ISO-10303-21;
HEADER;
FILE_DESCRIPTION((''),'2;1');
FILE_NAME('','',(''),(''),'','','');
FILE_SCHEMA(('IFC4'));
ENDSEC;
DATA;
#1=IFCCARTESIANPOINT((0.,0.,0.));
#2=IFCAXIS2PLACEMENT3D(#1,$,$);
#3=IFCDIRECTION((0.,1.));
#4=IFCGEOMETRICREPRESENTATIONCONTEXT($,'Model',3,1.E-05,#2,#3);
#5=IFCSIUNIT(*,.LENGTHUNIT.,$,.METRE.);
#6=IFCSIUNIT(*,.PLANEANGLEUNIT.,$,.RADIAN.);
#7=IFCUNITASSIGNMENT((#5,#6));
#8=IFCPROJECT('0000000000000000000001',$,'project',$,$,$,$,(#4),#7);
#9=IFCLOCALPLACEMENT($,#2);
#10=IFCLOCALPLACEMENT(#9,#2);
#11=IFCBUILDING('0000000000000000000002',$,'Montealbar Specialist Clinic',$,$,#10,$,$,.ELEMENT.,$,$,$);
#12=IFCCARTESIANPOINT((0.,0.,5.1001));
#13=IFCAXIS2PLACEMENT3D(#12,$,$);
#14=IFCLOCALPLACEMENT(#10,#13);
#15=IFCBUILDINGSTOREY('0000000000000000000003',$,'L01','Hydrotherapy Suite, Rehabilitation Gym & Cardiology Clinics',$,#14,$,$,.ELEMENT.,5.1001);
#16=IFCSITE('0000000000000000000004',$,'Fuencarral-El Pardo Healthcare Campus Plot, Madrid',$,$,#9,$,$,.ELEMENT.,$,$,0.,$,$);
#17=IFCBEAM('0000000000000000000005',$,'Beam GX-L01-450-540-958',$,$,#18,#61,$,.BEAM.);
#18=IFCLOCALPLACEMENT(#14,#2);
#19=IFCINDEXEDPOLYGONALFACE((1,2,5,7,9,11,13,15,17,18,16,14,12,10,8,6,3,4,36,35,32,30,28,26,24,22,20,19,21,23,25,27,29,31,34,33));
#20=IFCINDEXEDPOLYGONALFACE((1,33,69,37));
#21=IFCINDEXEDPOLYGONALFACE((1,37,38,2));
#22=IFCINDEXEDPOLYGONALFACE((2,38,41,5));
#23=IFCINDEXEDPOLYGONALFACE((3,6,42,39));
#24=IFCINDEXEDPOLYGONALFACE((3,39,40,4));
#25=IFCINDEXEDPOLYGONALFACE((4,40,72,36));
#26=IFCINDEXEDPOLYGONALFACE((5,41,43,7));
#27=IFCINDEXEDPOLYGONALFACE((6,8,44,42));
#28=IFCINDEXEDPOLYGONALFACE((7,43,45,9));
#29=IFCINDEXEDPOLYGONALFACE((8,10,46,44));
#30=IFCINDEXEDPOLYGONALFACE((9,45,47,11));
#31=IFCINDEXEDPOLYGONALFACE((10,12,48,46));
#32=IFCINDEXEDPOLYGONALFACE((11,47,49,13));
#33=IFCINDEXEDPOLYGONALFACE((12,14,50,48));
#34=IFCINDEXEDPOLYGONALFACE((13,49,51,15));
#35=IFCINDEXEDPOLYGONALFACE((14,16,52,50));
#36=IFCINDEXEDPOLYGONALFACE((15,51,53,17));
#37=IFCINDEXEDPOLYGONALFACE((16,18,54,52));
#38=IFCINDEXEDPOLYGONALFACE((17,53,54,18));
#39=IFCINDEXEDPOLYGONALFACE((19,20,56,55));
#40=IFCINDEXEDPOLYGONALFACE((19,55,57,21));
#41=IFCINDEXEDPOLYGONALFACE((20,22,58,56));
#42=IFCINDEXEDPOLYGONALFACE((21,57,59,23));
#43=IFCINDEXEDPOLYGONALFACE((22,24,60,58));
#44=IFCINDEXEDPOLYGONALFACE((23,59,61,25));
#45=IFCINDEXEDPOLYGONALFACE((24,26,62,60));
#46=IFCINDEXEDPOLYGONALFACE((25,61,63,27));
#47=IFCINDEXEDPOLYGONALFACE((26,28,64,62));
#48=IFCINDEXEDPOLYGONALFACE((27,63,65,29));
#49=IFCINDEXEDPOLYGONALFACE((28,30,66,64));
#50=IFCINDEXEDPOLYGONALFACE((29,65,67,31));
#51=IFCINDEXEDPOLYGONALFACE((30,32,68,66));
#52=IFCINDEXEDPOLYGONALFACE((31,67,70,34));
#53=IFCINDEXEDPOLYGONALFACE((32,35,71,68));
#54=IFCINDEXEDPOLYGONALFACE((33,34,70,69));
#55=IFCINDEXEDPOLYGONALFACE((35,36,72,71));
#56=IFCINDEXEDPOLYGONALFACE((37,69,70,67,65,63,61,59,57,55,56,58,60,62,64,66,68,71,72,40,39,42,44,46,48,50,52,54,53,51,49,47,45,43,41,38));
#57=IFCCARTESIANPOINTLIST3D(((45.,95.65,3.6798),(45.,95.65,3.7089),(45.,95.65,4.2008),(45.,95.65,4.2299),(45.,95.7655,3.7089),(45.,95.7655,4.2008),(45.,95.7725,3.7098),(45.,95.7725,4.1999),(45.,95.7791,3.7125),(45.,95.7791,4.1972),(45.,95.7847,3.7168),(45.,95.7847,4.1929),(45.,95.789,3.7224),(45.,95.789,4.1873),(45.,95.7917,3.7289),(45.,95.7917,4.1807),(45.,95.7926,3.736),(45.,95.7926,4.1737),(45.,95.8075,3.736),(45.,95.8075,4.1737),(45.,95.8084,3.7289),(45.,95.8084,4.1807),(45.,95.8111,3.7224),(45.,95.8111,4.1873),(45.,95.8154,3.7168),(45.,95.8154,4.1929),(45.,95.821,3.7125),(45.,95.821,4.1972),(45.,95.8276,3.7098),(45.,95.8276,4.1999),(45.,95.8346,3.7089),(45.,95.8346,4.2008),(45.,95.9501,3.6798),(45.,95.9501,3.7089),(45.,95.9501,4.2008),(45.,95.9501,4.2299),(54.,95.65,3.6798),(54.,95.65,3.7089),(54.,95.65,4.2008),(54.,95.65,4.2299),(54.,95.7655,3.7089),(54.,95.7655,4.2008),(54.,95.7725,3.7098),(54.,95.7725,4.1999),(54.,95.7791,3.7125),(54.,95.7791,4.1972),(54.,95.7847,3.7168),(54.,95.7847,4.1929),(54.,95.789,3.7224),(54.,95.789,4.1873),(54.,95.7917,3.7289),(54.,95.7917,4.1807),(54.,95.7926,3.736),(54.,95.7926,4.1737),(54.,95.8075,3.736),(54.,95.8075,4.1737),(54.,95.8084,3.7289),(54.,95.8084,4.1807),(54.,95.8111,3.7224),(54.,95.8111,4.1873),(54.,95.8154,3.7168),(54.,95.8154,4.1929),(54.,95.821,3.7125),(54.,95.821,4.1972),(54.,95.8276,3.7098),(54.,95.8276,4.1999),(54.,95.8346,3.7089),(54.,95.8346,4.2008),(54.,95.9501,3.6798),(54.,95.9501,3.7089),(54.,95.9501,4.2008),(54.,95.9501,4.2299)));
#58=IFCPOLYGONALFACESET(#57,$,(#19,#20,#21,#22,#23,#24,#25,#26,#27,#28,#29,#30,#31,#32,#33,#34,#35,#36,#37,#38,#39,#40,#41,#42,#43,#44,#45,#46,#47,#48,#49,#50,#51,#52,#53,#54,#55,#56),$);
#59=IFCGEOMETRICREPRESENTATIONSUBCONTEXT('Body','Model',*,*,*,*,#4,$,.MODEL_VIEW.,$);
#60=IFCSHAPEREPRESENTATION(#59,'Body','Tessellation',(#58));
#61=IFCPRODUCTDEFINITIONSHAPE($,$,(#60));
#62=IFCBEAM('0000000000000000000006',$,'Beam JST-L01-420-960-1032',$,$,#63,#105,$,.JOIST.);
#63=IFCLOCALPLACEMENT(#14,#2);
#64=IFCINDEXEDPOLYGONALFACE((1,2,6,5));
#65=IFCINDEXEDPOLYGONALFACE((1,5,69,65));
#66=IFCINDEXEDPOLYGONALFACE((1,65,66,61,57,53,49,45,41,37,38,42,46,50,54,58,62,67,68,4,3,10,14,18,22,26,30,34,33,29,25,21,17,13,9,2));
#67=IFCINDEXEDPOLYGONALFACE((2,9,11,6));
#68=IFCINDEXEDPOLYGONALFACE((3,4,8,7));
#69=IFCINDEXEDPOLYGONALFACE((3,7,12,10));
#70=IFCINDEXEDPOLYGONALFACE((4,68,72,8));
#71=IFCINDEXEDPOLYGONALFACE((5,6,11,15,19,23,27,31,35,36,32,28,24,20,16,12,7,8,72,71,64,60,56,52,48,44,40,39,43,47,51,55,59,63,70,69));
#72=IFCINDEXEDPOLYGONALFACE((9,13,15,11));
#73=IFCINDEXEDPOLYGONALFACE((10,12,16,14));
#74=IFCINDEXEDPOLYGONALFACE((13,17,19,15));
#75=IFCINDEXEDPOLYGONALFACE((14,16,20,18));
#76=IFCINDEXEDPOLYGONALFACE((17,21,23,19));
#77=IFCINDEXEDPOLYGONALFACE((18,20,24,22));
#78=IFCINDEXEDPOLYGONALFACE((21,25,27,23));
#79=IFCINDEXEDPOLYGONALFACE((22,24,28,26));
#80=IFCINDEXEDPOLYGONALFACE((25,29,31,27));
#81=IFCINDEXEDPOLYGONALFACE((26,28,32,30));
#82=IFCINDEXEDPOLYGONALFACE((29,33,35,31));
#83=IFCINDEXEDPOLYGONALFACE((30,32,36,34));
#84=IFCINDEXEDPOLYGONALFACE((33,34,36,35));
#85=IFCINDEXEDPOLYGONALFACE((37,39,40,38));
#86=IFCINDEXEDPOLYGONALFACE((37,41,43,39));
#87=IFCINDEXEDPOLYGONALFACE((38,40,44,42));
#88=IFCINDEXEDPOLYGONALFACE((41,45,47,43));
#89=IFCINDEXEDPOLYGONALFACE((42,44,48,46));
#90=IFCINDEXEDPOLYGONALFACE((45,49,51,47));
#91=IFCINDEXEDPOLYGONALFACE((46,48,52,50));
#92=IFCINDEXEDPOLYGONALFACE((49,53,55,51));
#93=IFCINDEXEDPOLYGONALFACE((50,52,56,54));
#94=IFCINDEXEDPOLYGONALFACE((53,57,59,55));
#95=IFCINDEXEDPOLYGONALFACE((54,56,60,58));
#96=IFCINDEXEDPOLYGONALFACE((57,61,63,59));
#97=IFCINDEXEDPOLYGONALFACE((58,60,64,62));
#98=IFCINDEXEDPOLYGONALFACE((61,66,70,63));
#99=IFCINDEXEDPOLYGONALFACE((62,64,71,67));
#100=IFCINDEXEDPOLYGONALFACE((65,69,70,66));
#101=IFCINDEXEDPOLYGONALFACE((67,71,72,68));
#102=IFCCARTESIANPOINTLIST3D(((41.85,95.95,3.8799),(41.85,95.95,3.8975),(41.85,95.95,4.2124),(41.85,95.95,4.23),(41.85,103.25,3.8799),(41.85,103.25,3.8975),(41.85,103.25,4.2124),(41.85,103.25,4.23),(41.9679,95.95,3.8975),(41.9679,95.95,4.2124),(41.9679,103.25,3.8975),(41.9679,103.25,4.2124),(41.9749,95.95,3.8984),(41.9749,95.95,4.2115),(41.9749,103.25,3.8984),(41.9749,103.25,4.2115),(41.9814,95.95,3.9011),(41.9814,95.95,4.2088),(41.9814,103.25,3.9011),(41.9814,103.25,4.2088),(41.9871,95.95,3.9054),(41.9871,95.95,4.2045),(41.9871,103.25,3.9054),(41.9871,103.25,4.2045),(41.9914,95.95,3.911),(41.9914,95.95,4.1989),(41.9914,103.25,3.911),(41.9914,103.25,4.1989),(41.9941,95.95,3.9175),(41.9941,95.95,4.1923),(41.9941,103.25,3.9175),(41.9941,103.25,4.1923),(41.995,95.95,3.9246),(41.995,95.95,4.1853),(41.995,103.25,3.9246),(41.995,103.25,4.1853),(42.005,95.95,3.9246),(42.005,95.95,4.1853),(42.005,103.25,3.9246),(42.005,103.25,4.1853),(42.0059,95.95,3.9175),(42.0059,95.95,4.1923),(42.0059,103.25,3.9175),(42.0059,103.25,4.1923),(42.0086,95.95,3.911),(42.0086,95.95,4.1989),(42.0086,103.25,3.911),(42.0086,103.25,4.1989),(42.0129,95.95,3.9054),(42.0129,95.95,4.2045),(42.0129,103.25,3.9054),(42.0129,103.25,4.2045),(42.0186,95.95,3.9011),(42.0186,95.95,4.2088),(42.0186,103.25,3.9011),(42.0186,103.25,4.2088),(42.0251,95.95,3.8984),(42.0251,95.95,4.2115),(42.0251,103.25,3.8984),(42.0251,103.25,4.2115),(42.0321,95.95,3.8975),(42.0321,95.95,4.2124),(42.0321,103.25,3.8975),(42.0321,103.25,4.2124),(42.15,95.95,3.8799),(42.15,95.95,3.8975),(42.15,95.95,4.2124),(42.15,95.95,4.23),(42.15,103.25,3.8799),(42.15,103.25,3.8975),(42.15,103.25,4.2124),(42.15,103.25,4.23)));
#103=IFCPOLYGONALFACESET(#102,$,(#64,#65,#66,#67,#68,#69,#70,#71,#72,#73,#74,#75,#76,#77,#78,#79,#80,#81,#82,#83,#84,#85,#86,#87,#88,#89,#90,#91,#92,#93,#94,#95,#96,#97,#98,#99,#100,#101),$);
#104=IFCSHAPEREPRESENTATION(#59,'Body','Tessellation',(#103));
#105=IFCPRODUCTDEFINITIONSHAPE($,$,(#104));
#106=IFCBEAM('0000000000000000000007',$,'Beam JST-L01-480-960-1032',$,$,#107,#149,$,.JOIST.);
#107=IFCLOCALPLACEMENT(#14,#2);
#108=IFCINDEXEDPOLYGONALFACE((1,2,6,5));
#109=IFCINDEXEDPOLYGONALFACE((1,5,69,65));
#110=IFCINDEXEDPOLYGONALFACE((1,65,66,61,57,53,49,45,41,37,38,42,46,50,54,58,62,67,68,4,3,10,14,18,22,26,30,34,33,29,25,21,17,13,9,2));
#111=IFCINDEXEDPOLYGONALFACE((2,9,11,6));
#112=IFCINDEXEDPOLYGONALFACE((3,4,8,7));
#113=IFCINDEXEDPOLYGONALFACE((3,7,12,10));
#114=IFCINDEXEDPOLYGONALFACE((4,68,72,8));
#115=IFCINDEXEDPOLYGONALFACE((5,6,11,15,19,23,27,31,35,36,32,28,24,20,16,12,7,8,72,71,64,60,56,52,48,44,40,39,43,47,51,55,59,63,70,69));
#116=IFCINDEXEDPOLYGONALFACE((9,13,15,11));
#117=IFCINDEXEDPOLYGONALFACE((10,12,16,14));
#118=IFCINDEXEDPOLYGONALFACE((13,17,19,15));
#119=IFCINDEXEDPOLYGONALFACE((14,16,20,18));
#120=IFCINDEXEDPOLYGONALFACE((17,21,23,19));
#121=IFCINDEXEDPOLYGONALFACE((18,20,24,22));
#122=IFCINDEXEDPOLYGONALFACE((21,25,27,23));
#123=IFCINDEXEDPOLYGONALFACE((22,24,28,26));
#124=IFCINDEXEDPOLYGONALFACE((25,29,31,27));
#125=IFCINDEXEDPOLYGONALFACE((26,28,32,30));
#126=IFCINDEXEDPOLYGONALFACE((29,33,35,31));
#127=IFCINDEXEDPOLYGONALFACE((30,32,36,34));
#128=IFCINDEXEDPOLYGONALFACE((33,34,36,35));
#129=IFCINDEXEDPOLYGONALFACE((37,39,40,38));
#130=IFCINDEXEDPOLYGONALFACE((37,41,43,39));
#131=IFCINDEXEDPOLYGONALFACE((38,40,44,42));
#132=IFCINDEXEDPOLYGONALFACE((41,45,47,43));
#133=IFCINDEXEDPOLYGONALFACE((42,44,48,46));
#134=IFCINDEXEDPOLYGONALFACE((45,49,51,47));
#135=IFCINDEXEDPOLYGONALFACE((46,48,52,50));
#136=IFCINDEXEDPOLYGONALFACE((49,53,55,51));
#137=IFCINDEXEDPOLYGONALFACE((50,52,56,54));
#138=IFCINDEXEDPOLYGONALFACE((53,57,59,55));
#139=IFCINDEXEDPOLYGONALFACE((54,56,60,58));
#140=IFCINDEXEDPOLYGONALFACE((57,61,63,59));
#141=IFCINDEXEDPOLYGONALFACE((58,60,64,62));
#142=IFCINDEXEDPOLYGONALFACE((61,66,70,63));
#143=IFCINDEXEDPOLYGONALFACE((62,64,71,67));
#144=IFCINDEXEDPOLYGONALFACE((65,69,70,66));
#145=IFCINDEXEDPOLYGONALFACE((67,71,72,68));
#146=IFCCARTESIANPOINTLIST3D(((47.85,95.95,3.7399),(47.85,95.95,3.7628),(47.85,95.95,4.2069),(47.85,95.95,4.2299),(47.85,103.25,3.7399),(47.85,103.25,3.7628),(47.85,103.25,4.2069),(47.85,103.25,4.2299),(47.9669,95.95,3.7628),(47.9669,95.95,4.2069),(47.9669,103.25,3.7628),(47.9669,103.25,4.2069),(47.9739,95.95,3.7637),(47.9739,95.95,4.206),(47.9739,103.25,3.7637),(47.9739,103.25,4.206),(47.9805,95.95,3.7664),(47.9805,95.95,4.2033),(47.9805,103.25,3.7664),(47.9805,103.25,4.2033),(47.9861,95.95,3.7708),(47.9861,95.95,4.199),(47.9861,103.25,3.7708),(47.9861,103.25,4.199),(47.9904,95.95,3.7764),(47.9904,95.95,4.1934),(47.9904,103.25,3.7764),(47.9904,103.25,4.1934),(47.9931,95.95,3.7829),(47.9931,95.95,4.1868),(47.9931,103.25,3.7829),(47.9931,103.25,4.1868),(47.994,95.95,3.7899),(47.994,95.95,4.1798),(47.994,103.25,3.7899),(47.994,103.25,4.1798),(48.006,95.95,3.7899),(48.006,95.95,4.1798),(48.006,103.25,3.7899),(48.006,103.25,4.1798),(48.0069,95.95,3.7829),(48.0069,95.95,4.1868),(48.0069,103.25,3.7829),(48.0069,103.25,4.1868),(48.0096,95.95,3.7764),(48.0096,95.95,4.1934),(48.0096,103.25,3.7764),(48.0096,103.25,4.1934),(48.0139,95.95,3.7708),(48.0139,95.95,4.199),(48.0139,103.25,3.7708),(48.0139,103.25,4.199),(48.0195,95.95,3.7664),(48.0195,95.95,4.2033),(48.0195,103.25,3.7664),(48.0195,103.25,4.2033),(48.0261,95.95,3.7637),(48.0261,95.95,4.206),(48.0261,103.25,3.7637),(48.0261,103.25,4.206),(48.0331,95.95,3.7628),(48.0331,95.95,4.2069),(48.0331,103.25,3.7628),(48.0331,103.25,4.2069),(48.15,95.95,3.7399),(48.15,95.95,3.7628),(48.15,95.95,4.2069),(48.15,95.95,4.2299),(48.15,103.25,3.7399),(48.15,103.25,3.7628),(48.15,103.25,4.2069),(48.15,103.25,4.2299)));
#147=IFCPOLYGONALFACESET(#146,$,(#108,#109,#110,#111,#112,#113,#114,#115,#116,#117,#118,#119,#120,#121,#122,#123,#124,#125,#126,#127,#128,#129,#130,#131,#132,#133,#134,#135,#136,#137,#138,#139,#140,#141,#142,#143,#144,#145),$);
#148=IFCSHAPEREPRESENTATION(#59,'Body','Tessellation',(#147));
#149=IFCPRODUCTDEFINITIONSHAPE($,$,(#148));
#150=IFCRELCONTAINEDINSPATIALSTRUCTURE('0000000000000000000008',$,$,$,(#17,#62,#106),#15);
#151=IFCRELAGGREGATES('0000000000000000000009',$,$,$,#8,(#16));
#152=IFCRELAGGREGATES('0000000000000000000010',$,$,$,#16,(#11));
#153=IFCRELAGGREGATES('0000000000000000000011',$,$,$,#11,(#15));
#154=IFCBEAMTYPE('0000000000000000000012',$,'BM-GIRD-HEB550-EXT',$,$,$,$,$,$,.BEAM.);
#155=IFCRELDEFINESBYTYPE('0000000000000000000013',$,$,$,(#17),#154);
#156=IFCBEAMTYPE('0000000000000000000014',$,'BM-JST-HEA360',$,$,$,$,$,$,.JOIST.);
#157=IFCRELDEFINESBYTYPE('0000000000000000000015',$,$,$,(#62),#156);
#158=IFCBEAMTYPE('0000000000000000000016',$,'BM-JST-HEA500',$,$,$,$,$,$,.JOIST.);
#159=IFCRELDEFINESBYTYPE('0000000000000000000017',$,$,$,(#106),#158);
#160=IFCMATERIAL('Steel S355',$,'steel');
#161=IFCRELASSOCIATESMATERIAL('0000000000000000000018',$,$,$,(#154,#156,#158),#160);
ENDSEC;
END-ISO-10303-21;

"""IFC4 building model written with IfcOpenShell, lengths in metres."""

from ifc_helpers import new_model, si_unit, direction, frame, origin, origin_2d, place, context, subcontext, project, spatial, i_section, extrude, material, material_profile, profile_set, type_object, element, save


model = new_model("IFC4")

# Units and contexts
model_context = context("Model", 3, precision=1e-05, world=origin(), true_north=direction((0.0, 1.0)))
body_context = subcontext(model_context, "Body", "Model", "MODEL_VIEW")
ifc_project = project(units=[si_unit("LENGTHUNIT", "METRE"), si_unit("PLANEANGLEUNIT", "RADIAN")], contexts=[model_context])

# Site, building, storey
site_placement = place(None, origin())
site = spatial("IfcSite", under=ifc_project, at=site_placement, Name="Fuencarral-El Pardo Healthcare Campus Plot, Madrid", CompositionType="ELEMENT", RefElevation=0.0)
building_placement = place(site_placement, origin())
building = spatial("IfcBuilding", under=site, at=building_placement, Name="Montealbar Specialist Clinic", CompositionType="ELEMENT")
storey_placement = place(building_placement, frame((0.0, 0.0, 5.1001)))
storey = spatial("IfcBuildingStorey", under=building, at=storey_placement, Name="L01", Description="Hydrotherapy Suite, Rehabilitation Gym & Cardiology Clinics", CompositionType="ELEMENT", Elevation=5.1001)

# Beams
ifc_material_1 = material(Name="Steel S355", Category="steel")
ifc_material_profile_1 = material_profile(ifc_material_1, i_section(OverallWidth=0.3, OverallDepth=0.55, WebThickness=0.0149, FlangeThickness=0.0291, FilletRadius=0.0271, at=origin_2d()), Name="HEB 550", Category="steel")
ifc_profile_set_1 = profile_set([ifc_material_profile_1], Name="Steel S355")
beam_type_1 = type_object("IfcBeamType", Name="BM-GIRD-HEB550-EXT", PredefinedType="BEAM", material=ifc_profile_set_1)
for number, where, z_axis, x_axis, name in (
    (1, (45.0, 95.8, 3.9548), (1.0, 0.0, 0.0), (0.0, 1.0, 0.0), "Beam GX-L01-450-540-958"),
):
    element("IfcBeam", number, at=place(storey_placement, frame(where, z_axis=z_axis, x_axis=x_axis)), inside=storey, type_object=beam_type_1, Name=name, PredefinedType="BEAM", context=body_context, shape_type="SweptSolid", body=[
        extrude(i_section(OverallWidth=0.3, OverallDepth=0.55, WebThickness=0.0149, FlangeThickness=0.0291, FilletRadius=0.0271, at=origin_2d()), origin(), (0.0, 0.0, 1.0), 9.0),
    ])
ifc_material_profile_2 = material_profile(ifc_material_1, i_section(OverallWidth=0.3, OverallDepth=0.3501, WebThickness=0.01, FlangeThickness=0.0176, FilletRadius=0.0271, at=origin_2d()), Name="HEA 360", Category="steel")
ifc_profile_set_2 = profile_set([ifc_material_profile_2], Name="Steel S355")
beam_type_2 = type_object("IfcBeamType", Name="BM-JST-HEA360", PredefinedType="JOIST", material=ifc_profile_set_2)
beam_1_placement = place(storey_placement, frame((42.0, 95.95, 4.0549), z_axis=(0.0, 1.0, 0.0), x_axis=(-1.0, 0.0, 0.0)))
element("IfcBeam", 2, at=beam_1_placement, inside=storey, type_object=beam_type_2, Name="Beam JST-L01-420-960-1032", PredefinedType="JOIST", context=body_context, shape_type="SweptSolid", body=[
    extrude(i_section(OverallWidth=0.3, OverallDepth=0.3501, WebThickness=0.01, FlangeThickness=0.0176, FilletRadius=0.0271, at=origin_2d()), origin(), (0.0, 0.0, 1.0), 7.3),
])
ifc_material_profile_3 = material_profile(ifc_material_1, i_section(OverallWidth=0.3, OverallDepth=0.49, WebThickness=0.012, FlangeThickness=0.0229, FilletRadius=0.0271, at=origin_2d()), Name="HEA 500", Category="steel")
ifc_profile_set_3 = profile_set([ifc_material_profile_3], Name="Steel S355")
beam_type_3 = type_object("IfcBeamType", Name="BM-JST-HEA500", PredefinedType="JOIST", material=ifc_profile_set_3)
beam_2_placement = place(storey_placement, frame((48.0, 95.95, 3.9849), z_axis=(0.0, 1.0, 0.0), x_axis=(-1.0, 0.0, 0.0)))
element("IfcBeam", 3, at=beam_2_placement, inside=storey, type_object=beam_type_3, Name="Beam JST-L01-480-960-1032", PredefinedType="JOIST", context=body_context, shape_type="SweptSolid", body=[
    extrude(i_section(OverallWidth=0.3, OverallDepth=0.49, WebThickness=0.012, FlangeThickness=0.0229, FilletRadius=0.0271, at=origin_2d()), origin(), (0.0, 0.0, 1.0), 7.3),
])

save(model, "model.ifc")
